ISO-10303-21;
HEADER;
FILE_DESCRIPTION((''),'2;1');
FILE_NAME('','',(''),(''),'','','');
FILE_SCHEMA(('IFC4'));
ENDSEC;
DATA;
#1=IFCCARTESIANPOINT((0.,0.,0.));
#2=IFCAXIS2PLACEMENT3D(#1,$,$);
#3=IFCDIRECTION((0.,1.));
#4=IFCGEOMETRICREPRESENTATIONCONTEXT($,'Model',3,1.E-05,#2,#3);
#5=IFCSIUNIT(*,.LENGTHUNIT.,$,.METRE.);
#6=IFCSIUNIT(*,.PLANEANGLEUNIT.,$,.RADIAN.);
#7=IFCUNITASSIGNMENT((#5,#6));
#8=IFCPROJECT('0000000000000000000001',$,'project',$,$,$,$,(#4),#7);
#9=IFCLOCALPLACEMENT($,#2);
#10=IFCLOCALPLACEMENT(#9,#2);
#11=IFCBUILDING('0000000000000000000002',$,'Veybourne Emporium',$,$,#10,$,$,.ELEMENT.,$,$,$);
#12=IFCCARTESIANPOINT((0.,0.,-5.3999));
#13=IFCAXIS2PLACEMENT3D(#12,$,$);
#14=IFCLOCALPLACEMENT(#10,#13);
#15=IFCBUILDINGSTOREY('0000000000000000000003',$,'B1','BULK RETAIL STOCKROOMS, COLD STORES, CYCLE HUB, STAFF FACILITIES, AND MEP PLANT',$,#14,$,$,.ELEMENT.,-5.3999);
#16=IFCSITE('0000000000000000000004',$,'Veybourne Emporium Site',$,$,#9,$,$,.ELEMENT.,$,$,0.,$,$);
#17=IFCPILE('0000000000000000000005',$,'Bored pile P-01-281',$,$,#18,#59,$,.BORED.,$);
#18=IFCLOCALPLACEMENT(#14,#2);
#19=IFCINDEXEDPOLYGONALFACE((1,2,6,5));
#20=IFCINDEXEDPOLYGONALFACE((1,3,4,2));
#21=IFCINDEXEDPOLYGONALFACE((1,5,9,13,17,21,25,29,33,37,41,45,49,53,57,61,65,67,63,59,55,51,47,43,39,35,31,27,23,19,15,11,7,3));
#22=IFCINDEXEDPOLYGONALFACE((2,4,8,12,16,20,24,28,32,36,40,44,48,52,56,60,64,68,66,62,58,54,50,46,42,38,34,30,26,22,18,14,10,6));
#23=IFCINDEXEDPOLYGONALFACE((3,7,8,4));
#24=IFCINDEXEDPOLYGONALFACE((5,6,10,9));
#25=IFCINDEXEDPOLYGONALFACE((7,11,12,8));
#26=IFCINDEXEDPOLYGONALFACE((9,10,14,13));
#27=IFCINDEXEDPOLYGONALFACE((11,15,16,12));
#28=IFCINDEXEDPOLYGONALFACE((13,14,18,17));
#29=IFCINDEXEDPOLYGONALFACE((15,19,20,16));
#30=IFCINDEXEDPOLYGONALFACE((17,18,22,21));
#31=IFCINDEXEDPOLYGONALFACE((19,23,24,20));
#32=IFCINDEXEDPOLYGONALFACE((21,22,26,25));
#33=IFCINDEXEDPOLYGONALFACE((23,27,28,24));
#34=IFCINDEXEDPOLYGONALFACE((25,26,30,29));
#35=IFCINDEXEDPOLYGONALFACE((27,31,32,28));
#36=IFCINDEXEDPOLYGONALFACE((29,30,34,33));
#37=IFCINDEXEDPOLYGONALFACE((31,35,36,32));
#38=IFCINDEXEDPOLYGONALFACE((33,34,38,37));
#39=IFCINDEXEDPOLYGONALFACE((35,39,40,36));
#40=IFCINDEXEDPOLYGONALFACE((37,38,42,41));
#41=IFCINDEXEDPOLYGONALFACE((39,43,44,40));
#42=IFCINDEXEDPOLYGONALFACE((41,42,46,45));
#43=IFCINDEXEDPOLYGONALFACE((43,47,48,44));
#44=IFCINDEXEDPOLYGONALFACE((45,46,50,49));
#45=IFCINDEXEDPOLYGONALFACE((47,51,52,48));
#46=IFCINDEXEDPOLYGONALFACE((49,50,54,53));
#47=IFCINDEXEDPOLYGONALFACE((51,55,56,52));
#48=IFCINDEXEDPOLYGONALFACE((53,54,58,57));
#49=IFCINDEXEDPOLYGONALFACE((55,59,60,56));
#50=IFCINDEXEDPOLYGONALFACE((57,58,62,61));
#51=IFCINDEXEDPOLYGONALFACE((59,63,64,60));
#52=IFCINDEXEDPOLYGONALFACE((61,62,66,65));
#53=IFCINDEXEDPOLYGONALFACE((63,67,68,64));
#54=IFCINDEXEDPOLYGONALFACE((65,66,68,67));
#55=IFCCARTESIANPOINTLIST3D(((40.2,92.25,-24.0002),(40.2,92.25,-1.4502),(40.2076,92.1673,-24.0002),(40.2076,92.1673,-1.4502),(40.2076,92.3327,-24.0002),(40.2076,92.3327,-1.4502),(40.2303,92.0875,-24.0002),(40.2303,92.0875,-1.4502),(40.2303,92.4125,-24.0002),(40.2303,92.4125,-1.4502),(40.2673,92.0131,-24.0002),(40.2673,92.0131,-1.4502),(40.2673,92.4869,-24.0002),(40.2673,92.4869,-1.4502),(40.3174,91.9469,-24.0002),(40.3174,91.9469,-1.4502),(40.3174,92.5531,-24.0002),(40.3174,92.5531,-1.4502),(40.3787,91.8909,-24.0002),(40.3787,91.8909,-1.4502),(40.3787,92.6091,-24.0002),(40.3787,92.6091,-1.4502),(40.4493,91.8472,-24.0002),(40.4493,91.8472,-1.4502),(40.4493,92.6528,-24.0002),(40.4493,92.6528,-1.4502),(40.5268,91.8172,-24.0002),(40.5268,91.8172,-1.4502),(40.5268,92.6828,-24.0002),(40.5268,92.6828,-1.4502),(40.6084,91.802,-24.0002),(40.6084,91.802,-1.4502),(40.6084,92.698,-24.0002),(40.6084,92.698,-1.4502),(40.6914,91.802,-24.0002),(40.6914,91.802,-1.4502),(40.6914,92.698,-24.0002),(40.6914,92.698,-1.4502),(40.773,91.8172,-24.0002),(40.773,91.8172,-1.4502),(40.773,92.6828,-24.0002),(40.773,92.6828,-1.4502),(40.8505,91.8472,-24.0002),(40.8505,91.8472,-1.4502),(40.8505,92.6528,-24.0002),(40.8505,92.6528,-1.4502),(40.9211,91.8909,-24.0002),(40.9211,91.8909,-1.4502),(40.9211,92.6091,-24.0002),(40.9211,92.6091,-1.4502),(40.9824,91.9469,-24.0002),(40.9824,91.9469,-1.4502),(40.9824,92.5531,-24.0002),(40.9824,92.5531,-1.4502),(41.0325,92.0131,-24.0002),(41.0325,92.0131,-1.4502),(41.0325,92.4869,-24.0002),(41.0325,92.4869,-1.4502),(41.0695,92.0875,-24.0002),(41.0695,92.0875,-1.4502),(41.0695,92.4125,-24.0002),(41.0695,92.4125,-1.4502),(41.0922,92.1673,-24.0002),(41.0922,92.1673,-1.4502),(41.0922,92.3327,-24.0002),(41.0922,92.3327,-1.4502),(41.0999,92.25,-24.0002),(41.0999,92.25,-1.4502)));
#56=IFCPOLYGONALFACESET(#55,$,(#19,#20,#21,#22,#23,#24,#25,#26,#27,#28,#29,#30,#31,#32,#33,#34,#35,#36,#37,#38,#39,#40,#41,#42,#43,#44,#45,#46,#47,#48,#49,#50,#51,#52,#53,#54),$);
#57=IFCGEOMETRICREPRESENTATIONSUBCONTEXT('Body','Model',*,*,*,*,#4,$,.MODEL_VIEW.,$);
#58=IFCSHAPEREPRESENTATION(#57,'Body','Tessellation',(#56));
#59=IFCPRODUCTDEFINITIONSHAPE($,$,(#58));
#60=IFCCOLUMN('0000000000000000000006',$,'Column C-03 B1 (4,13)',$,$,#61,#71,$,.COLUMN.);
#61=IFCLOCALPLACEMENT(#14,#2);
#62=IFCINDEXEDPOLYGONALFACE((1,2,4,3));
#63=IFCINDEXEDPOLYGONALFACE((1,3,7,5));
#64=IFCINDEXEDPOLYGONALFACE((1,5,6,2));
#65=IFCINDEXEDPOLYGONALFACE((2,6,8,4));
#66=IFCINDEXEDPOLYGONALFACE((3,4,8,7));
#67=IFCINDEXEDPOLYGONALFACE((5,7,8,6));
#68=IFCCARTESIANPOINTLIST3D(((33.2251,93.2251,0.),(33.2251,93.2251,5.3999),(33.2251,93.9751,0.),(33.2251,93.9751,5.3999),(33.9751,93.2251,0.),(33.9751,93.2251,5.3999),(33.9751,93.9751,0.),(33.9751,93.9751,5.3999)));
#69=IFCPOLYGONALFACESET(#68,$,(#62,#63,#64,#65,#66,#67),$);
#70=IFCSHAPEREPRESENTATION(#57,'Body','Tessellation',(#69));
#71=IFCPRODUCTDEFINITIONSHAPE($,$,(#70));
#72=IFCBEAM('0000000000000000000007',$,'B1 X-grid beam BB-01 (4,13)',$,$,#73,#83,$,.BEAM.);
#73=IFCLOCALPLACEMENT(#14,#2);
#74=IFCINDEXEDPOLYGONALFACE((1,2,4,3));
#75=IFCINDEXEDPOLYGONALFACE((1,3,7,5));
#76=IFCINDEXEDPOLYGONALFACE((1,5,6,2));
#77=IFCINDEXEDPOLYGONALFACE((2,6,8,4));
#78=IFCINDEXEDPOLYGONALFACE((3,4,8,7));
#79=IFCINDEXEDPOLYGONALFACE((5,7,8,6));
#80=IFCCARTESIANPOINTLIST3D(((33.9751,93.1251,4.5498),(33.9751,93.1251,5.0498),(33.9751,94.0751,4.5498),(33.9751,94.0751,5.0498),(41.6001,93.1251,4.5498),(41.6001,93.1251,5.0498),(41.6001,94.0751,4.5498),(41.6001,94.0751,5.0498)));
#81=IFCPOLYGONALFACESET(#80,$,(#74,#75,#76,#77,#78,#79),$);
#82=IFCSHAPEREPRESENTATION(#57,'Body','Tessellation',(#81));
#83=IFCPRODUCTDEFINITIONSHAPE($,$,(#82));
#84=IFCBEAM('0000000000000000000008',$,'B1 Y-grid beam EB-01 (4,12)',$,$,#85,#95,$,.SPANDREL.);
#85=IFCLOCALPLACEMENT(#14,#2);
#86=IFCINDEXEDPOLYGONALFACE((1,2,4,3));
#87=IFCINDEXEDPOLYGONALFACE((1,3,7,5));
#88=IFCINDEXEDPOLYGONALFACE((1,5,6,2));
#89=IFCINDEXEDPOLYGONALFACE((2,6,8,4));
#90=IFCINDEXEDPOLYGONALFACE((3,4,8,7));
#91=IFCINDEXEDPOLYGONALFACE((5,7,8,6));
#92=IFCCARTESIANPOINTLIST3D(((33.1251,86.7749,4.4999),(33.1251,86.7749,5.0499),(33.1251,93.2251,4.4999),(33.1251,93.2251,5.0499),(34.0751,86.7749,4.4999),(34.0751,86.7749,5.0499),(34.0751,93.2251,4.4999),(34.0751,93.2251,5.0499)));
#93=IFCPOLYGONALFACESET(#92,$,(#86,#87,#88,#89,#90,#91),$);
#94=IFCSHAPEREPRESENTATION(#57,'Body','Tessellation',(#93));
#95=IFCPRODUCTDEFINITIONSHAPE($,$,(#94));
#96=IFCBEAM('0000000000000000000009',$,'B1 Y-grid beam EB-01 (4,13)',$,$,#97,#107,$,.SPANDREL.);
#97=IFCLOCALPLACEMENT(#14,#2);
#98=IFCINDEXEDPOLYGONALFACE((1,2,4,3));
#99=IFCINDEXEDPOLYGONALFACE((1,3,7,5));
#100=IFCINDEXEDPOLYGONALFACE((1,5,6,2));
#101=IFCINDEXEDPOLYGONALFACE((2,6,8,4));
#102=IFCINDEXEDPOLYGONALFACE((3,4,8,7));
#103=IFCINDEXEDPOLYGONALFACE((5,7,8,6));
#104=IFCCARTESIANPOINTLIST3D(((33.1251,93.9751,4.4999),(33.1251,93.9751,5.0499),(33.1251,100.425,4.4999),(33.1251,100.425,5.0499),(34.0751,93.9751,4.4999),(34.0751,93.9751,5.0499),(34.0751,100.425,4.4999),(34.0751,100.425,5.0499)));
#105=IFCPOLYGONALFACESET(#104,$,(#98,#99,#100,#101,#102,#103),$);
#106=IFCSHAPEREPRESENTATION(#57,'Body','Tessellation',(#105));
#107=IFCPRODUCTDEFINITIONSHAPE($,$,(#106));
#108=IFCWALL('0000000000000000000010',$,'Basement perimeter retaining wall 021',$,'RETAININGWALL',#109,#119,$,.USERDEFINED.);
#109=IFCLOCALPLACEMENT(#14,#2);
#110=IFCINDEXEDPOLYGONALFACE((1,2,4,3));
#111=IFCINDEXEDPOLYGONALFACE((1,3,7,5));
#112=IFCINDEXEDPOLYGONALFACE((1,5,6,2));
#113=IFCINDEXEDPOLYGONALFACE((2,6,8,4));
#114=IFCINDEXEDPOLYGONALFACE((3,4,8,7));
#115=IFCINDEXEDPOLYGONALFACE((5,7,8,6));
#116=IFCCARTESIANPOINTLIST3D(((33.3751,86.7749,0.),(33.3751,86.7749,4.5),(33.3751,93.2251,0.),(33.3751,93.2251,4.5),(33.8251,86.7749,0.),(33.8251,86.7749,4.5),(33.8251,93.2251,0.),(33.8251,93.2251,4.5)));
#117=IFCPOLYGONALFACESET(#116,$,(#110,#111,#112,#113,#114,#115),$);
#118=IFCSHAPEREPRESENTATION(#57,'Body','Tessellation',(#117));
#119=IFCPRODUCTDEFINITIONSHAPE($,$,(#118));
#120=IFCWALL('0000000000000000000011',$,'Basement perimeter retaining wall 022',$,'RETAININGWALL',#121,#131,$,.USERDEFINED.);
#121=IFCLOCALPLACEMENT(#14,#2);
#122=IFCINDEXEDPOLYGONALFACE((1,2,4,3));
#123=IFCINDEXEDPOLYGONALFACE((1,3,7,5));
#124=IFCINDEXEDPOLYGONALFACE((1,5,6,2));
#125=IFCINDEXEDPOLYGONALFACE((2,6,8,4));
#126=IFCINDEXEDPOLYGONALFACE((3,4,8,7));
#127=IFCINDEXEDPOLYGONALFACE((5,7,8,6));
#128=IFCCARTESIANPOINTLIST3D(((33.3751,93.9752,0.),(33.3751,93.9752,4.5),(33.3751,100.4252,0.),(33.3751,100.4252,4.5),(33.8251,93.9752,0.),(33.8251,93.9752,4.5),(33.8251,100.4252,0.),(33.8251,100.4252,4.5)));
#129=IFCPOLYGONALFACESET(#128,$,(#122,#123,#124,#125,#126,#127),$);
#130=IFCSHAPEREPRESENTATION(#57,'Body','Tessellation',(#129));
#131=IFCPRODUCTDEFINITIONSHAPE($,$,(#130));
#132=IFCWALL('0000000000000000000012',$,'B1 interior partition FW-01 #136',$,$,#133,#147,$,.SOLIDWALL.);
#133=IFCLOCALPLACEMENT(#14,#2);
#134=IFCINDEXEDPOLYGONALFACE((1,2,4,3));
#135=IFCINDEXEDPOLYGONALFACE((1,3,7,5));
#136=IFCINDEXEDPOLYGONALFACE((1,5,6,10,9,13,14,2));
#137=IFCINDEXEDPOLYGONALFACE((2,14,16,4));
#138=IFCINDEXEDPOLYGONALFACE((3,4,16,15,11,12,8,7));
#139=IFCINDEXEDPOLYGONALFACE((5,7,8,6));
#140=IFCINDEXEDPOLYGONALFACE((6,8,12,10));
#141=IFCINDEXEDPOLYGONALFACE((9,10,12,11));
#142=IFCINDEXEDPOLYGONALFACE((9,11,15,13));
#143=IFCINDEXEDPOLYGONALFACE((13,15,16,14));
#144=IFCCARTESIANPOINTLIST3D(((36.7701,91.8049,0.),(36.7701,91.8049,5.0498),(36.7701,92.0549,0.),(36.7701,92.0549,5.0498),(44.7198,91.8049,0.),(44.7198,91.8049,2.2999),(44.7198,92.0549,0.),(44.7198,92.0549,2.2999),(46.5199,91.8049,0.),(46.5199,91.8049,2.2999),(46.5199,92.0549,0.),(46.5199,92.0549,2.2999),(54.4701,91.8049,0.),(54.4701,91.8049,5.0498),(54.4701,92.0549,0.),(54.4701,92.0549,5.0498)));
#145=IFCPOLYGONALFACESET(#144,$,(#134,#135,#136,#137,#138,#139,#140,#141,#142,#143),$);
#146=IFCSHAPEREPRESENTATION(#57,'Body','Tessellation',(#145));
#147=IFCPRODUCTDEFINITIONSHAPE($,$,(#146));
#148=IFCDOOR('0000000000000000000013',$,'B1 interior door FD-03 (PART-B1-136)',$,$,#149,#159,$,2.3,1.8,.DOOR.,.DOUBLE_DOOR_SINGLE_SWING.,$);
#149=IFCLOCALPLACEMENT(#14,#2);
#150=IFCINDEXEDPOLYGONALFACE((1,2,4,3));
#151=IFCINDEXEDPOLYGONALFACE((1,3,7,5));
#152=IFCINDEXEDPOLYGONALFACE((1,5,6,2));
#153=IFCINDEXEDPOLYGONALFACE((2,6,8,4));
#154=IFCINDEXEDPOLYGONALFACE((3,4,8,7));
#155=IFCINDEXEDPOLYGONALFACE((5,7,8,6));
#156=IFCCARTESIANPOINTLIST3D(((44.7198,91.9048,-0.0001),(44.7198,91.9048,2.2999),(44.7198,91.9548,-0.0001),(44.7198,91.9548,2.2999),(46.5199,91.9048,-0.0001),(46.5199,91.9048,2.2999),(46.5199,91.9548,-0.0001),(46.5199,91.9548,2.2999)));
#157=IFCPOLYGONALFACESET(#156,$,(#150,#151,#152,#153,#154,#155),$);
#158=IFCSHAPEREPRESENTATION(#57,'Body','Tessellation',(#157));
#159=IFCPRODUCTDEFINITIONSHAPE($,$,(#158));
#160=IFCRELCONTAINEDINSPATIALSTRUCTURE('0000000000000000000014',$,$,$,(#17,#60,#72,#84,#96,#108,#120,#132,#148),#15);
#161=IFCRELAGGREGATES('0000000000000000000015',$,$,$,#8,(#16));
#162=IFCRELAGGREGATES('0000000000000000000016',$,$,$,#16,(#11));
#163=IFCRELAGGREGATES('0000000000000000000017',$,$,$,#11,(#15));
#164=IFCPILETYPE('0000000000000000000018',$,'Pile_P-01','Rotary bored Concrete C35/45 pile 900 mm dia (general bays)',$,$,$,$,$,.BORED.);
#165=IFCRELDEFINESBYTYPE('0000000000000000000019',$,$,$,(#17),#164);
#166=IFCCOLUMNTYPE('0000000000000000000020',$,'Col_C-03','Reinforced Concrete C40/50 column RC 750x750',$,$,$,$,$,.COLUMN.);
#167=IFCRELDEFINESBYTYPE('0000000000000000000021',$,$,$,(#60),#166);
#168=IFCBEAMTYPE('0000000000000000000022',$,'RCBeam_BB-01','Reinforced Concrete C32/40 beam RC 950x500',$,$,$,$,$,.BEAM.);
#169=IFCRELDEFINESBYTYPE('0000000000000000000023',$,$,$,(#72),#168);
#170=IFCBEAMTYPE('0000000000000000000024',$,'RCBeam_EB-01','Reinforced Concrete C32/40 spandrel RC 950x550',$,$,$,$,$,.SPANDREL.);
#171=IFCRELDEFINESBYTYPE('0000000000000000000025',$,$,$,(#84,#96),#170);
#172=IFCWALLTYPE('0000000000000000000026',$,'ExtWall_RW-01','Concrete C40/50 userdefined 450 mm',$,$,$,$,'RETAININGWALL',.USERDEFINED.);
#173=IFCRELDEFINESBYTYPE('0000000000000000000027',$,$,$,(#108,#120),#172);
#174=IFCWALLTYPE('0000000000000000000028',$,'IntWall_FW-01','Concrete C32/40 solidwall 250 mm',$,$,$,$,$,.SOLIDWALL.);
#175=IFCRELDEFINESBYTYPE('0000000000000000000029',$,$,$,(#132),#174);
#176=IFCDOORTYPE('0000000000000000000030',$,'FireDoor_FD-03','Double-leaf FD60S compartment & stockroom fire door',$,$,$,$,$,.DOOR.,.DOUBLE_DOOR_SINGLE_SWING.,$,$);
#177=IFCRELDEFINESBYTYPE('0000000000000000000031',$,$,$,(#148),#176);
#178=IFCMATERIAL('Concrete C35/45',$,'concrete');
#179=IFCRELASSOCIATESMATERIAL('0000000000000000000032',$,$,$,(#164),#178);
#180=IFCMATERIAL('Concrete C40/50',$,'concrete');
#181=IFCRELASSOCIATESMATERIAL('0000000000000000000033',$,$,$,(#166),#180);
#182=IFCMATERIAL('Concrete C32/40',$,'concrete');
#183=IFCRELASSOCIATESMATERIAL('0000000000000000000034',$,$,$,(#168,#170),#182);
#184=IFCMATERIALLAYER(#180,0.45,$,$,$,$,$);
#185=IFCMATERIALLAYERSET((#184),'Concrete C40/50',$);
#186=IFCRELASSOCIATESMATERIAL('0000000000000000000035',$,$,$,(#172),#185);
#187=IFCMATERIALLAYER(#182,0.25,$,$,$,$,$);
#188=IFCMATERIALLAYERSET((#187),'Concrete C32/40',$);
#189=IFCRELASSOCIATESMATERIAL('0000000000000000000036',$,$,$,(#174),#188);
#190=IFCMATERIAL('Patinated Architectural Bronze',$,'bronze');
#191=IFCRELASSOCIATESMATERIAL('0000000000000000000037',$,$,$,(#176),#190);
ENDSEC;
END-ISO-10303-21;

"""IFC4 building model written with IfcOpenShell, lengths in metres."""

from ifc_helpers import new_model, si_unit, direction, frame, frame_2d, origin, origin_2d, place, context, subcontext, project, spatial, rectangle, circle, extrude, material, layer, layer_set, material_profile, profile_set, type_object, element, fill, save


model = new_model("IFC4")

# Units and contexts
model_context = context("Model", 3, precision=1e-05, world=origin(), true_north=direction((0.0, 1.0)))
body_context = subcontext(model_context, "Body", "Model", "MODEL_VIEW")
ifc_project = project(units=[si_unit("LENGTHUNIT", "METRE"), si_unit("PLANEANGLEUNIT", "RADIAN")], contexts=[model_context])

# Site, building, storey
site_placement = place(None, origin())
site = spatial("IfcSite", under=ifc_project, at=site_placement, Name="Veybourne Emporium Site", CompositionType="ELEMENT", RefElevation=0.0)
building_placement = place(site_placement, origin())
building = spatial("IfcBuilding", under=site, at=building_placement, Name="Veybourne Emporium", CompositionType="ELEMENT")
storey_placement = place(building_placement, frame((0.0, 0.0, -5.3999)))
storey = spatial("IfcBuildingStorey", under=building, at=storey_placement, Name="B1", Description="BULK RETAIL STOCKROOMS, COLD STORES, CYCLE HUB, STAFF FACILITIES, AND MEP PLANT", CompositionType="ELEMENT", Elevation=-5.3999)

# Shared definitions
ifc_material_1 = material(Name="Concrete C35/45", Category="concrete")

# Pile
ifc_material_profile_1 = material_profile(ifc_material_1, circle(Radius=0.45, at=origin_2d()), Name="BORED PILE 900")
ifc_profile_set_1 = profile_set([ifc_material_profile_1], Name="Concrete C35/45")
pile_type = type_object("IfcPileType", Name="Pile_P-01", Description="Rotary bored Concrete C35/45 pile 900 mm dia (general bays)", PredefinedType="BORED", material=ifc_profile_set_1)
for number, where, z_axis, x_axis, name in (
    (1, (40.6499, 92.25, -1.4502), (0.0, 0.0, -1.0), (1.0, 0.0, 0.0), "Bored pile P-01-281"),
):
    element("IfcPile", number, at=place(storey_placement, frame(where, z_axis=z_axis, x_axis=x_axis)), inside=storey, type_object=pile_type, Name=name, PredefinedType="BORED", context=body_context, shape_type="SweptSolid", body=[
        extrude(circle(Radius=0.45, at=origin_2d()), origin(), (0.0, 0.0, 1.0), 22.55),
    ])

# Column
ifc_material_2 = material(Name="Concrete C40/50", Category="concrete")
ifc_material_profile_2 = material_profile(ifc_material_2, rectangle(XDim=0.75, YDim=0.75, at=origin_2d()), Name="RC 750x750")
ifc_profile_set_2 = profile_set([ifc_material_profile_2], Name="Concrete C40/50")
column_type = type_object("IfcColumnType", Name="Col_C-03", Description="Reinforced Concrete C40/50 column RC 750x750", PredefinedType="COLUMN", material=ifc_profile_set_2)
column_placement = place(storey_placement, frame((33.6001, 93.6001, 0.0), z_axis=(0.0, 0.0, 1.0), x_axis=(1.0, 0.0, 0.0)))
element("IfcColumn", 2, at=column_placement, inside=storey, type_object=column_type, Name="Column C-03 B1 (4,13)", PredefinedType="COLUMN", context=body_context, shape_type="SweptSolid", body=[
    extrude(rectangle(XDim=0.75, YDim=0.75, at=origin_2d()), origin(), (0.0, 0.0, 1.0), 5.3999),
])

# Beams
ifc_material_3 = material(Name="Concrete C32/40", Category="concrete")
ifc_material_profile_3 = material_profile(ifc_material_3, rectangle(XDim=0.95, YDim=0.5, at=origin_2d()), Name="RC 950x500")
ifc_profile_set_3 = profile_set([ifc_material_profile_3], Name="Concrete C32/40")
beam_type_1 = type_object("IfcBeamType", Name="RCBeam_BB-01", Description="Reinforced Concrete C32/40 beam RC 950x500", PredefinedType="BEAM", material=ifc_profile_set_3)
beam_1_placement = place(storey_placement, frame((33.9751, 93.6001, 4.7998), z_axis=(1.0, 0.0, 0.0), x_axis=(0.0, 1.0, 0.0)))
element("IfcBeam", 3, at=beam_1_placement, inside=storey, type_object=beam_type_1, Name="B1 X-grid beam BB-01 (4,13)", PredefinedType="BEAM", context=body_context, shape_type="SweptSolid", body=[
    extrude(rectangle(XDim=0.95, YDim=0.5, at=origin_2d()), origin(), (0.0, 0.0, 1.0), 7.625),
])
ifc_material_profile_4 = material_profile(ifc_material_3, rectangle(XDim=0.95, YDim=0.55, at=origin_2d()), Name="RC 950x550")
ifc_profile_set_4 = profile_set([ifc_material_profile_4], Name="Concrete C32/40")
beam_type_2 = type_object("IfcBeamType", Name="RCBeam_EB-01", Description="Reinforced Concrete C32/40 spandrel RC 950x550", PredefinedType="SPANDREL", material=ifc_profile_set_4)
beam_2_placement = place(storey_placement, frame((33.6001, 86.7749, 4.7749), z_axis=(0.0, 1.0, 0.0), x_axis=(-1.0, 0.0, 0.0)))
element("IfcBeam", 4, at=beam_2_placement, inside=storey, type_object=beam_type_2, Name="B1 Y-grid beam EB-01 (4,12)", PredefinedType="SPANDREL", context=body_context, shape_type="SweptSolid", body=[
    extrude(rectangle(XDim=0.95, YDim=0.55, at=origin_2d()), origin(), (0.0, 0.0, 1.0), 6.4502),
])
beam_3_placement = place(storey_placement, frame((33.6001, 93.9751, 4.7749), z_axis=(0.0, 1.0, 0.0), x_axis=(-1.0, 0.0, 0.0)))
element("IfcBeam", 5, at=beam_3_placement, inside=storey, type_object=beam_type_2, Name="B1 Y-grid beam EB-01 (4,13)", PredefinedType="SPANDREL", context=body_context, shape_type="SweptSolid", body=[
    extrude(rectangle(XDim=0.95, YDim=0.55, at=origin_2d()), origin(), (0.0, 0.0, 1.0), 6.45),
])

# Walls
ifc_layer_1 = layer(ifc_material_2, 0.45)
ifc_layer_set_1 = layer_set([ifc_layer_1], Name="Concrete C40/50")
wall_type_1 = type_object("IfcWallType", Name="ExtWall_RW-01", Description="Concrete C40/50 userdefined 450 mm", ElementType="RETAININGWALL", PredefinedType="USERDEFINED", material=ifc_layer_set_1)
wall_1_placement = place(storey_placement, frame((33.6001, 86.7749, 0.0), z_axis=(0.0, 0.0, 1.0), x_axis=(0.0, 1.0, 0.0)))
element("IfcWall", 6, at=wall_1_placement, inside=storey, type_object=wall_type_1, Name="Basement perimeter retaining wall 021", ObjectType="RETAININGWALL", PredefinedType="USERDEFINED", context=body_context, shape_type="SweptSolid", body=[
    extrude(rectangle(XDim=6.4502, YDim=0.45, at=frame_2d((3.2251, 0.0))), origin(), (0.0, 0.0, 1.0), 4.5),
])
wall_2_placement = place(storey_placement, frame((33.6001, 93.9751, 0.0), z_axis=(0.0, 0.0, 1.0), x_axis=(0.0, 1.0, 0.0)))
element("IfcWall", 7, at=wall_2_placement, inside=storey, type_object=wall_type_1, Name="Basement perimeter retaining wall 022", ObjectType="RETAININGWALL", PredefinedType="USERDEFINED", context=body_context, shape_type="SweptSolid", body=[
    extrude(rectangle(XDim=6.45, YDim=0.45, at=frame_2d((3.2251, 0.0))), origin(), (0.0, 0.0, 1.0), 4.5),
])

# Wall, opening, door
ifc_layer_2 = layer(ifc_material_3, 0.25)
ifc_layer_set_2 = layer_set([ifc_layer_2], Name="Concrete C32/40")
wall_type_2 = type_object("IfcWallType", Name="IntWall_FW-01", Description="Concrete C32/40 solidwall 250 mm", PredefinedType="SOLIDWALL", material=ifc_layer_set_2)
wall_3_placement = place(storey_placement, frame((36.77, 91.9299, 0.0), z_axis=(0.0, 0.0, 1.0), x_axis=(1.0, 0.0, 0.0)))
wall_3 = element("IfcWall", 8, at=wall_3_placement, inside=storey, type_object=wall_type_2, Name="B1 interior partition FW-01 #136", PredefinedType="SOLIDWALL", context=body_context, shape_type="SweptSolid", body=[
    extrude(rectangle(XDim=17.7, YDim=0.25, at=frame_2d((8.8501, 0.0))), origin(), (0.0, 0.0, 1.0), 5.0498),
])
opening_1_placement = place(wall_3_placement, frame((7.95, 0.0, 0.0)))
opening_1 = element("IfcOpeningElement", 9, at=opening_1_placement, cuts=wall_3, PredefinedType="OPENING", context=body_context, shape_type="SweptSolid", body=[
    extrude(rectangle(XDim=1.8, YDim=2.3, at=frame_2d((0.8999, 1.1499))), frame((0.0, 0.145, 0.0), z_axis=(0.0, -1.0, 0.0), x_axis=(1.0, 0.0, 0.0)), (0.0, 0.0, 1.0), 0.29),
])
ifc_material_4 = material(Name="Patinated Architectural Bronze", Category="bronze")
door_type = type_object("IfcDoorType", Name="FireDoor_FD-03", Description="Double-leaf FD60S compartment & stockroom fire door", OperationType="DOUBLE_DOOR_SINGLE_SWING", PredefinedType="DOOR", material=ifc_material_4)
door_1_placement = place(opening_1_placement, origin())
door_1 = element("IfcDoor", 10, at=door_1_placement, inside=storey, type_object=door_type, Name="B1 interior door FD-03 (PART-B1-136)", OperationType="DOUBLE_DOOR_SINGLE_SWING", OverallHeight=2.3, OverallWidth=1.8, PredefinedType="DOOR", context=body_context, shape_type="SweptSolid", body=[
    extrude(rectangle(XDim=1.8, YDim=2.3, at=frame_2d((0.8999, 1.1499))), frame((0.0, 0.0249, 0.0), z_axis=(0.0, -1.0, 0.0), x_axis=(1.0, 0.0, 0.0)), (0.0, 0.0, 1.0), 0.05),
])
fill(opening_1, door_1)

save(model, "model.ifc")
